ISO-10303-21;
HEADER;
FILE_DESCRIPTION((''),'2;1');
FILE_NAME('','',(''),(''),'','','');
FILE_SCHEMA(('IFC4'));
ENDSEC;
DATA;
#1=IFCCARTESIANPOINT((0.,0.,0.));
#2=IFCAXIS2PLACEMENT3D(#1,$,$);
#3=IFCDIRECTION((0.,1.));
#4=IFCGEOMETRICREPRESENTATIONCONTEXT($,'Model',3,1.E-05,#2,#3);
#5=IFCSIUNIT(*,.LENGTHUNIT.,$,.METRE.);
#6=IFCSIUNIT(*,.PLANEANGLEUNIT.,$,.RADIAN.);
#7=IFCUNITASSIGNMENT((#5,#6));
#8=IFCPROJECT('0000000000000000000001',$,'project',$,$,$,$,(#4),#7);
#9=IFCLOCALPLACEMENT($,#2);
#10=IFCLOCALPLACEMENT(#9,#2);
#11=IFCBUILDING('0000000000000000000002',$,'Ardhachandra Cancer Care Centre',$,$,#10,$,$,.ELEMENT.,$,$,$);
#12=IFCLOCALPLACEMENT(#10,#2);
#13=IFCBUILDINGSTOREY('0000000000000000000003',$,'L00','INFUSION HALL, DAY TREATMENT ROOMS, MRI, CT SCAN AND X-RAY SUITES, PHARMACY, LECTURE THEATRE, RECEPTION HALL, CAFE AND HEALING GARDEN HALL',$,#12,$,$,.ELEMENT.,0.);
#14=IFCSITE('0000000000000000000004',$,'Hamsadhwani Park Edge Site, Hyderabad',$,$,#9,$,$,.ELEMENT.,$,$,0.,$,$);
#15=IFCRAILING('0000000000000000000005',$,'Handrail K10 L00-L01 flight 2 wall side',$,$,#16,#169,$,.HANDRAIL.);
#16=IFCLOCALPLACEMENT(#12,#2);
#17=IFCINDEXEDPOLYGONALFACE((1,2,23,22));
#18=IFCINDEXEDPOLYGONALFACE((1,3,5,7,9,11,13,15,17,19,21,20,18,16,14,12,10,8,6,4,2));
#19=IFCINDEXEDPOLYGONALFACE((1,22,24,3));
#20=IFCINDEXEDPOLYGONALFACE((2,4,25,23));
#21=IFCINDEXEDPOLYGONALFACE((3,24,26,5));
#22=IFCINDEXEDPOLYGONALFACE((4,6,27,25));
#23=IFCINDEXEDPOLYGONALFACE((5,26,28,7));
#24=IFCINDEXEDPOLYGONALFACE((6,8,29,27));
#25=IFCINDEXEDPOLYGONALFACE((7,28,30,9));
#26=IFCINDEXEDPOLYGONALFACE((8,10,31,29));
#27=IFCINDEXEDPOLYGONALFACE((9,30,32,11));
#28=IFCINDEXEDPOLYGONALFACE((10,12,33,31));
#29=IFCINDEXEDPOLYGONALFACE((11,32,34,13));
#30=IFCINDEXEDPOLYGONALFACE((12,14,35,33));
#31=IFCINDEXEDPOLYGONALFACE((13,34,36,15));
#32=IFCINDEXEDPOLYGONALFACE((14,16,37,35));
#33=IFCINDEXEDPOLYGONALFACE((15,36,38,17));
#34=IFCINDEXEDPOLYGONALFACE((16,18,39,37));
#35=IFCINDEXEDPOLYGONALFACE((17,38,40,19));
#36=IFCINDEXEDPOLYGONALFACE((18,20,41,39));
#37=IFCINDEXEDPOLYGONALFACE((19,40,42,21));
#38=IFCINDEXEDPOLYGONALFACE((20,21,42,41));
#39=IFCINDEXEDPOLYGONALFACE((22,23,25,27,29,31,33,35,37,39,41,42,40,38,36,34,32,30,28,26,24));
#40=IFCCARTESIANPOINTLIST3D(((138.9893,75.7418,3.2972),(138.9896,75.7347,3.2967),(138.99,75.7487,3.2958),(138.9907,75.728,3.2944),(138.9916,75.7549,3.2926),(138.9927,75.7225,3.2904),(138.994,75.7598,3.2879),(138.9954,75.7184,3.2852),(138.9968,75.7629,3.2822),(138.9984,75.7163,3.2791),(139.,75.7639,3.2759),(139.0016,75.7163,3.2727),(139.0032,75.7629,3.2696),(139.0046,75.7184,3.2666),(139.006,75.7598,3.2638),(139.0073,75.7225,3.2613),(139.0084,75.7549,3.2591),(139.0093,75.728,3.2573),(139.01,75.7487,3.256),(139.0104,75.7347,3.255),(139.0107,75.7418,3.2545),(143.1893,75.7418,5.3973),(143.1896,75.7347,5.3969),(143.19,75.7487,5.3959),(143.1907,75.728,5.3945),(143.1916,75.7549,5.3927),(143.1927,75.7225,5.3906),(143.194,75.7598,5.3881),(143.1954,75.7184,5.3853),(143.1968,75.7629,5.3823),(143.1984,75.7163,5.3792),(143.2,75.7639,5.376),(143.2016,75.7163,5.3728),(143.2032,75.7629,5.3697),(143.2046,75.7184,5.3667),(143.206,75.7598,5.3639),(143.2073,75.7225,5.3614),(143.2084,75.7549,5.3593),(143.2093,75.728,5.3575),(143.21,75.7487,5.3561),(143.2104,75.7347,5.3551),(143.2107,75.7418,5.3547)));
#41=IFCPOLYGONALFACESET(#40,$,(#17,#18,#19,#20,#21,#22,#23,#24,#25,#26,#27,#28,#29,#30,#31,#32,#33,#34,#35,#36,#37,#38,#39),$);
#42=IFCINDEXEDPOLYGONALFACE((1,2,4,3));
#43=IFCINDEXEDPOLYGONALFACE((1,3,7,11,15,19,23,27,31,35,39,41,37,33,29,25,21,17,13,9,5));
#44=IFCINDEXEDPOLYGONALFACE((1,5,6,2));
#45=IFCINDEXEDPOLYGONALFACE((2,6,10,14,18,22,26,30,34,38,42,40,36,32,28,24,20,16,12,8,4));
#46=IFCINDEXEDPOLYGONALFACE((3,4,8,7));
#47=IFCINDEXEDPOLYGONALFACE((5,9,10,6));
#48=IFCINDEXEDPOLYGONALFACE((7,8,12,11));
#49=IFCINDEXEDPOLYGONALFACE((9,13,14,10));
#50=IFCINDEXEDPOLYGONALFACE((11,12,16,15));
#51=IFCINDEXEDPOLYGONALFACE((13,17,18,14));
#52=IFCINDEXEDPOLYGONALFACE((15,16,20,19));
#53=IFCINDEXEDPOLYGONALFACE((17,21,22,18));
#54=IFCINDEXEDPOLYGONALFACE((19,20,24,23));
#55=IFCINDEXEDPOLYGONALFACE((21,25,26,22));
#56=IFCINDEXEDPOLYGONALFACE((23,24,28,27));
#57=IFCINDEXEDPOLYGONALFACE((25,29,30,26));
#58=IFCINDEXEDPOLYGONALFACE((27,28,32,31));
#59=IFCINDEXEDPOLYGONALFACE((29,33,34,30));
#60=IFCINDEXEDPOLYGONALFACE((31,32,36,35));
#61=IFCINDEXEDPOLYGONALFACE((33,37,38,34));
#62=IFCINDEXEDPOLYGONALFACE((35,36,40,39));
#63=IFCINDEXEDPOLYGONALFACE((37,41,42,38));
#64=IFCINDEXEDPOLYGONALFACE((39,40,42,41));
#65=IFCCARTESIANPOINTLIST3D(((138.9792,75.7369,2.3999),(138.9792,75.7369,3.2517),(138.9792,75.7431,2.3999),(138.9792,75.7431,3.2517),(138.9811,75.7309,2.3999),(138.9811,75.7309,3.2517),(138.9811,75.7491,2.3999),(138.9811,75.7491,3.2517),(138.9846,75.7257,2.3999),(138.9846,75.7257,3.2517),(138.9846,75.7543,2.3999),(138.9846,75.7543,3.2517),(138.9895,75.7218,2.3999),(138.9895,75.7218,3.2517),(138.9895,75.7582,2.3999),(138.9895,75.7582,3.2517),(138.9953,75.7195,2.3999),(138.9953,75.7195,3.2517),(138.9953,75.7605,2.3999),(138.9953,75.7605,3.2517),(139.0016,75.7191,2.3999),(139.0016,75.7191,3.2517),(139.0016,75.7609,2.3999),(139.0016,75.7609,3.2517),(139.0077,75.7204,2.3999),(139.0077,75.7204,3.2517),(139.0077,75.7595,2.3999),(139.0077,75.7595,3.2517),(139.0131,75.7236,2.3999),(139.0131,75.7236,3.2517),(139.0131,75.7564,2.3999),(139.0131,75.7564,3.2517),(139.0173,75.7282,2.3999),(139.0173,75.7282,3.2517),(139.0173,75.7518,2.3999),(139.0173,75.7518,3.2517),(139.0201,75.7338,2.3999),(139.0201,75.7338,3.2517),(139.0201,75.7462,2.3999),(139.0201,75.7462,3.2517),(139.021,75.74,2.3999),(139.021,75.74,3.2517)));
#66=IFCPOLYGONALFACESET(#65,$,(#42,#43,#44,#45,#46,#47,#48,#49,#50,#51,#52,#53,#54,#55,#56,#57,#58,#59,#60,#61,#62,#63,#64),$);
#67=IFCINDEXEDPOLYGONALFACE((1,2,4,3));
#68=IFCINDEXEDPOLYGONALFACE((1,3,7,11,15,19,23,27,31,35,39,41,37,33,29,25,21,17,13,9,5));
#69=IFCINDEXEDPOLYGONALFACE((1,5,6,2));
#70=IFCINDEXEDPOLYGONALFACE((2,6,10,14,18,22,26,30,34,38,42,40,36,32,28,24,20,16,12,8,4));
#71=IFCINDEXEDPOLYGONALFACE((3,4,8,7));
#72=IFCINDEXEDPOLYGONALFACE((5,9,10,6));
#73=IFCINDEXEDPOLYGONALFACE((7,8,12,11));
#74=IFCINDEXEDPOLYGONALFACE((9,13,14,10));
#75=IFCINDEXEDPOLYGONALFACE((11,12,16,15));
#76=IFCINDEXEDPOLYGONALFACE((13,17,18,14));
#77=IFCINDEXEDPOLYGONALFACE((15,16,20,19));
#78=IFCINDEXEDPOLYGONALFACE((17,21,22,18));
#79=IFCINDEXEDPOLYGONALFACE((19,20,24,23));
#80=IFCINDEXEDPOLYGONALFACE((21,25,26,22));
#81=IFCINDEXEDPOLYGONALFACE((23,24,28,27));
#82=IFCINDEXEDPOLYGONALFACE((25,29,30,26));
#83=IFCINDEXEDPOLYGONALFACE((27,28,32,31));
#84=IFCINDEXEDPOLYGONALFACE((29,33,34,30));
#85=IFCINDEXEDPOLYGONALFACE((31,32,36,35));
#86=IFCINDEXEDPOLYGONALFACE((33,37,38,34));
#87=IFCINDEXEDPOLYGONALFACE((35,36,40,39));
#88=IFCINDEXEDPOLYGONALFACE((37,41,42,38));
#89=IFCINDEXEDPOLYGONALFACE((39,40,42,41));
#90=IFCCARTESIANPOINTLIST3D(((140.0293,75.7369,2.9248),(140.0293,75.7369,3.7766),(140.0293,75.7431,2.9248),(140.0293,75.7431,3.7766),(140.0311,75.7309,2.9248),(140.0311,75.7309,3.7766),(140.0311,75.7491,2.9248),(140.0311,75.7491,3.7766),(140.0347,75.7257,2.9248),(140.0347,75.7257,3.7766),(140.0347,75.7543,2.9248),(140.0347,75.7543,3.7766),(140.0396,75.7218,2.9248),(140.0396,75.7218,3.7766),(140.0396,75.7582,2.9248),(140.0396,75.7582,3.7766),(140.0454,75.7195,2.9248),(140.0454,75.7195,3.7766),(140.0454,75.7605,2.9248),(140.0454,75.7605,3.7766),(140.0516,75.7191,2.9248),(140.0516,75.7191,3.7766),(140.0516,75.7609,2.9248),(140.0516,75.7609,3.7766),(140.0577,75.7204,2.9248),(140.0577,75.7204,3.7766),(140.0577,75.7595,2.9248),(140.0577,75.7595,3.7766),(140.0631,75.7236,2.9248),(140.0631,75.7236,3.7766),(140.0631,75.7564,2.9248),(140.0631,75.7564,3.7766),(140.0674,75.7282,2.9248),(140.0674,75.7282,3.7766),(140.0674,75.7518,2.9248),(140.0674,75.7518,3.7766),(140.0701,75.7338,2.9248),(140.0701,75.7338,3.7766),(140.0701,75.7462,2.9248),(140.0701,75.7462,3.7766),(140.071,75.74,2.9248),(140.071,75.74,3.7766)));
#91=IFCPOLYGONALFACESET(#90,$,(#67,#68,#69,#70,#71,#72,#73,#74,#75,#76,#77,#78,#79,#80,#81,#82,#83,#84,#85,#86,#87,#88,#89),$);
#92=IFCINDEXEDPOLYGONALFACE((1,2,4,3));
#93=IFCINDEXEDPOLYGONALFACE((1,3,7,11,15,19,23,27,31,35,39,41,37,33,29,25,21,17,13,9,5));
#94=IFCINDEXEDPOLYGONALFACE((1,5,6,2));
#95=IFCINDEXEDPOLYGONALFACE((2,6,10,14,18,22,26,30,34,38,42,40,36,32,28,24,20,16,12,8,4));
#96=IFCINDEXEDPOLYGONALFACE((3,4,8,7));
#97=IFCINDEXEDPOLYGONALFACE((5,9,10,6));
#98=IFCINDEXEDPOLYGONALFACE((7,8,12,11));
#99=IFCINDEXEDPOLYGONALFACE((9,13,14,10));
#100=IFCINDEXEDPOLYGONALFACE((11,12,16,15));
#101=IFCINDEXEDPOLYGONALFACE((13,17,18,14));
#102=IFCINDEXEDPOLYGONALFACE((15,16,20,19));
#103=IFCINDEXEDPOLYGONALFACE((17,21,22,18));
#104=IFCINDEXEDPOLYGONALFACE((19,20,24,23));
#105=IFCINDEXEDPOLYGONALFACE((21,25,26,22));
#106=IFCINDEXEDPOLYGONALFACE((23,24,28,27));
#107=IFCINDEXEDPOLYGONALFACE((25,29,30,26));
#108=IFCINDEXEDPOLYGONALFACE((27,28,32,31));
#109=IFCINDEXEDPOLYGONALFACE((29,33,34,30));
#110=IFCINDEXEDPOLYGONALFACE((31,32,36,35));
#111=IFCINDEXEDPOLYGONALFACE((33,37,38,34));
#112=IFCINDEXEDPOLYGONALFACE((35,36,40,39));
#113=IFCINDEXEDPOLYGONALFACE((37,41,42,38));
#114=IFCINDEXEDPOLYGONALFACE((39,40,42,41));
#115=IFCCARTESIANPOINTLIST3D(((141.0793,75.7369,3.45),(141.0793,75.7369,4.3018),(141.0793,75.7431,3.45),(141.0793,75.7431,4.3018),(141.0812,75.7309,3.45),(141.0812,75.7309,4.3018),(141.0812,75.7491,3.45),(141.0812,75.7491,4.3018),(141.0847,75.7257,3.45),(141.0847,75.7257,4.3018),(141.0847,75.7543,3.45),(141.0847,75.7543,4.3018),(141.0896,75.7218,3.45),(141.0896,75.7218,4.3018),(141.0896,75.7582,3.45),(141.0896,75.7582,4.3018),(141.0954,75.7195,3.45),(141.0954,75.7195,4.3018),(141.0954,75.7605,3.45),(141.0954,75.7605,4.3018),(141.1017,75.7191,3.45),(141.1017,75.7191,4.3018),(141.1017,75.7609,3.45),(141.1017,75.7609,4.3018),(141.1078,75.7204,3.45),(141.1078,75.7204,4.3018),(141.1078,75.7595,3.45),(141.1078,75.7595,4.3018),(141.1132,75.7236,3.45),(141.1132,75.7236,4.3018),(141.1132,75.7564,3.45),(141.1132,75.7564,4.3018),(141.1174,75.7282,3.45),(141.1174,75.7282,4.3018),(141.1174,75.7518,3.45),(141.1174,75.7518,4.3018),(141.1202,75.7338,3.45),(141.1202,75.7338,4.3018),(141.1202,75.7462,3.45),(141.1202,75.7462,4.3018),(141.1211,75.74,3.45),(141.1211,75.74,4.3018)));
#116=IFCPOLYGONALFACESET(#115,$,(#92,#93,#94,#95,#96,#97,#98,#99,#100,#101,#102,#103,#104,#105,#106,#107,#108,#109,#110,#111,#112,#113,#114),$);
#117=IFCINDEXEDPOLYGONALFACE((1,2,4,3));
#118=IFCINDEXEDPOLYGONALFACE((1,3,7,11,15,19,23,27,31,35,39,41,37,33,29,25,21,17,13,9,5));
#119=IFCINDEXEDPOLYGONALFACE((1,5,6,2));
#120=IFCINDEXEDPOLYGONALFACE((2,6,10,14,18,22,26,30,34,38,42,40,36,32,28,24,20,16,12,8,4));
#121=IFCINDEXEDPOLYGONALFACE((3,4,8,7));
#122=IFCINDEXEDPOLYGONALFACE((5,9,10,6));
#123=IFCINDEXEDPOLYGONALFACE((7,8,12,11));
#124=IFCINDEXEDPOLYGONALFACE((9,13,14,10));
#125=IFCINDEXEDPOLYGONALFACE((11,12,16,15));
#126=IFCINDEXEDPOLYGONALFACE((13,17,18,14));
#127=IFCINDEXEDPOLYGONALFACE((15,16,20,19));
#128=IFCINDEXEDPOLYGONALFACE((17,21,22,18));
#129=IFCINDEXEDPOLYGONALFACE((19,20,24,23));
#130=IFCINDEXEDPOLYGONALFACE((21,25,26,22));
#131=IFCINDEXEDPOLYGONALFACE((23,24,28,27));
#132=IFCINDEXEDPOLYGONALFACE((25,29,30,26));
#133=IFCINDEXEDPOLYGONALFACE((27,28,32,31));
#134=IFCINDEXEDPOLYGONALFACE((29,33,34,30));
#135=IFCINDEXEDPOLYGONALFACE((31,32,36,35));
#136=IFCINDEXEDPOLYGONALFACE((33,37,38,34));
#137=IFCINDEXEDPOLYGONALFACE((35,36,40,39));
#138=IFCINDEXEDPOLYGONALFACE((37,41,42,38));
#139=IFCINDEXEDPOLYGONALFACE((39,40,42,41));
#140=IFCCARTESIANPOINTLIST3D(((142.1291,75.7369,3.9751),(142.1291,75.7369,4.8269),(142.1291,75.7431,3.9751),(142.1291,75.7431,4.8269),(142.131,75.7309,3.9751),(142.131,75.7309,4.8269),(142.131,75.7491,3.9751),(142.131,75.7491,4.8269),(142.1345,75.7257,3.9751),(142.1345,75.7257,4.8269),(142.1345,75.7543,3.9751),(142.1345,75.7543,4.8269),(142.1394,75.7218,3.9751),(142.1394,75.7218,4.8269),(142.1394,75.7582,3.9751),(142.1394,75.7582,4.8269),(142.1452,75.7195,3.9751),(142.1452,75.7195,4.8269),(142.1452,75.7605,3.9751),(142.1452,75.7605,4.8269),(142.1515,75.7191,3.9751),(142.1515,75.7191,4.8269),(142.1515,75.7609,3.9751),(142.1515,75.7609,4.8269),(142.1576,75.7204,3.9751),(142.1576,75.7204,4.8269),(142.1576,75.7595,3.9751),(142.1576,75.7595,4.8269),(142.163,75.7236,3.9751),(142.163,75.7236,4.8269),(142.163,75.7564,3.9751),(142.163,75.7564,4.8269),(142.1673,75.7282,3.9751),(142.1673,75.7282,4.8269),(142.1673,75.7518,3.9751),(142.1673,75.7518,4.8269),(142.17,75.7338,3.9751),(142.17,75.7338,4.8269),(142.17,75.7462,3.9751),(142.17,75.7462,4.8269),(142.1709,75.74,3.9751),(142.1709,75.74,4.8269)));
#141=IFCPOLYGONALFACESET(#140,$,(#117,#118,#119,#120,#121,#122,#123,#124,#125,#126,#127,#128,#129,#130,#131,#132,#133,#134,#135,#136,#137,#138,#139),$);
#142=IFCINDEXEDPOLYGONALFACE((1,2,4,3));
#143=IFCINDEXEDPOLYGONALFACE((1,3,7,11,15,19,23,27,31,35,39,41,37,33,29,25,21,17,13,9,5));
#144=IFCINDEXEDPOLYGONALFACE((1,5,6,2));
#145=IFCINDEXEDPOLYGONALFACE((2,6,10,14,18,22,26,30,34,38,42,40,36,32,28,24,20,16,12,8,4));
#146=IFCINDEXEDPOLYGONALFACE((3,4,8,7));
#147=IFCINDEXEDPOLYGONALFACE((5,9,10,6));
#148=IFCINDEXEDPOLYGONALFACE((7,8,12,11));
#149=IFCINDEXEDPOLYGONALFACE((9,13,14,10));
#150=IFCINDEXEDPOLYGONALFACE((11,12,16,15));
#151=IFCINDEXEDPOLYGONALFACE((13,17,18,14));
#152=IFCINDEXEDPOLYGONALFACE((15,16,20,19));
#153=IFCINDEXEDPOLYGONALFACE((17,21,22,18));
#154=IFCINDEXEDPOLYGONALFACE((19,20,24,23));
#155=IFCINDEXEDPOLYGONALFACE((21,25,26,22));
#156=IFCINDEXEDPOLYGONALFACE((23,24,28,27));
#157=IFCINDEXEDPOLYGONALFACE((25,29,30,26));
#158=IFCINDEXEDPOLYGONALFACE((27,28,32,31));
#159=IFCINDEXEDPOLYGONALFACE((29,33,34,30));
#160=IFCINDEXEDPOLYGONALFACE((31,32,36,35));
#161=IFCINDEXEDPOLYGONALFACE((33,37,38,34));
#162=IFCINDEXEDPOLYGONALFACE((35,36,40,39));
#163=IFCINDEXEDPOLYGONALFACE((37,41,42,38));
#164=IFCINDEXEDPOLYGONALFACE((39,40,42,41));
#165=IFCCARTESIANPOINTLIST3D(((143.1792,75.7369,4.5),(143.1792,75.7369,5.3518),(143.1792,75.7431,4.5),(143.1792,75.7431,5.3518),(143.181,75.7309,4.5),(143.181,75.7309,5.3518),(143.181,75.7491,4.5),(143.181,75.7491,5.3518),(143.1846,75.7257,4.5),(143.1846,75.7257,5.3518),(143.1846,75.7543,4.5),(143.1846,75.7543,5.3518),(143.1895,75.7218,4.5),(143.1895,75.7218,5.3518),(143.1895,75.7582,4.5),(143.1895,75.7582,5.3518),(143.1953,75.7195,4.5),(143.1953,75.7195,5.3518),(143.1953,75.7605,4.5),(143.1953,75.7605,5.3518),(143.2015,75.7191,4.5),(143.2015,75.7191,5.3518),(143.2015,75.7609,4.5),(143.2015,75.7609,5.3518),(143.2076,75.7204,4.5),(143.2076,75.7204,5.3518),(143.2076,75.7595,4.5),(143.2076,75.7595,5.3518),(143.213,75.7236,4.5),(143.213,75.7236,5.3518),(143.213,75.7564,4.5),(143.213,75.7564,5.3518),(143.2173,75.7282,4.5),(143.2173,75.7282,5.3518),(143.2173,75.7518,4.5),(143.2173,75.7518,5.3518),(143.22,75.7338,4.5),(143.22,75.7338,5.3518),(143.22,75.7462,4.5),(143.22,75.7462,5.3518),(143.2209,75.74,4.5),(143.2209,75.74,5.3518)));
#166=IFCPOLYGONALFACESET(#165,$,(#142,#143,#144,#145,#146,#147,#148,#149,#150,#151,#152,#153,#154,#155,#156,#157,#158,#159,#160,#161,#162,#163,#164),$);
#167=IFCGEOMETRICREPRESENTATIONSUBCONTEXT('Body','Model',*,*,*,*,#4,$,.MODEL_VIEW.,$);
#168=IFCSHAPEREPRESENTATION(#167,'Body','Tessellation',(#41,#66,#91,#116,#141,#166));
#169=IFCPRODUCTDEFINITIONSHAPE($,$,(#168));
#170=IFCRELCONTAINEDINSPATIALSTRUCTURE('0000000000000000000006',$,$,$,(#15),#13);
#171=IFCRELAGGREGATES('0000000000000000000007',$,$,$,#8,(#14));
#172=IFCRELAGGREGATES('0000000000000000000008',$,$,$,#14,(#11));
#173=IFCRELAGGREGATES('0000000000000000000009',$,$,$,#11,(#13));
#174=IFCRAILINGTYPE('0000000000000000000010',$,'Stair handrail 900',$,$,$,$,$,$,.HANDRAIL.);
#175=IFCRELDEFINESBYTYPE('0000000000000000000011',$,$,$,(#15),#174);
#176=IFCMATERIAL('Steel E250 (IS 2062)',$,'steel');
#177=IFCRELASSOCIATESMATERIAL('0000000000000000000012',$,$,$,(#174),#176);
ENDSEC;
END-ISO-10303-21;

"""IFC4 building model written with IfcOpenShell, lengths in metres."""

from ifc_helpers import new_model, si_unit, direction, frame, origin, origin_2d, place, context, subcontext, project, spatial, circle, extrude, material, type_object, element, save


model = new_model("IFC4")

# Units and contexts
model_context = context("Model", 3, precision=1e-05, world=origin(), true_north=direction((0.0, 1.0)))
body_context = subcontext(model_context, "Body", "Model", "MODEL_VIEW")
ifc_project = project(units=[si_unit("LENGTHUNIT", "METRE"), si_unit("PLANEANGLEUNIT", "RADIAN")], contexts=[model_context])

# Site, building, storey
site_placement = place(None, origin())
site = spatial("IfcSite", under=ifc_project, at=site_placement, Name="Hamsadhwani Park Edge Site, Hyderabad", CompositionType="ELEMENT", RefElevation=0.0)
building_placement = place(site_placement, origin())
building = spatial("IfcBuilding", under=site, at=building_placement, Name="Ardhachandra Cancer Care Centre", CompositionType="ELEMENT")
storey_placement = place(building_placement, origin())
storey = spatial("IfcBuildingStorey", under=building, at=storey_placement, Name="L00", Description="INFUSION HALL, DAY TREATMENT ROOMS, MRI, CT SCAN AND X-RAY SUITES, PHARMACY, LECTURE THEATRE, RECEPTION HALL, CAFE AND HEALING GARDEN HALL", CompositionType="ELEMENT", Elevation=0.0)

# Railing
ifc_material_1 = material(Name="Steel E250 (IS 2062)", Category="steel")
railing_type_1 = type_object("IfcRailingType", Name="Stair handrail 900", PredefinedType="HANDRAIL", material=ifc_material_1)
for number, where, name in (
    (1, (139.0, 75.74, 2.3999), "Handrail K10 L00-L01 flight 2 wall side"),
):
    element("IfcRailing", number, at=place(storey_placement, frame(where)), inside=storey, type_object=railing_type_1, Name=name, PredefinedType="HANDRAIL", context=body_context, shape_type="SweptSolid", body=[
        extrude(circle(Radius=0.0239, at=origin_2d()), frame((0.0, 0.0, 0.876), z_axis=(0.894417, 0.0, 0.447234), x_axis=(0.0, 1.0, 0.0)), (0.0, 0.0, 1.0), 4.6958),
        extrude(circle(Radius=0.021, at=origin_2d()), origin(), (0.0, 0.0, 1.0), 0.8518),
        extrude(circle(Radius=0.021, at=origin_2d()), frame((1.05, 0.0, 0.5249)), (0.0, 0.0, 1.0), 0.8518),
        extrude(circle(Radius=0.021, at=origin_2d()), frame((2.1001, 0.0, 1.05)), (0.0, 0.0, 1.0), 0.8518),
        extrude(circle(Radius=0.021, at=origin_2d()), frame((3.1499, 0.0, 1.5752)), (0.0, 0.0, 1.0), 0.8518),
        extrude(circle(Radius=0.021, at=origin_2d()), frame((4.2, 0.0, 2.1001)), (0.0, 0.0, 1.0), 0.8518),
    ])

save(model, "model.ifc")
